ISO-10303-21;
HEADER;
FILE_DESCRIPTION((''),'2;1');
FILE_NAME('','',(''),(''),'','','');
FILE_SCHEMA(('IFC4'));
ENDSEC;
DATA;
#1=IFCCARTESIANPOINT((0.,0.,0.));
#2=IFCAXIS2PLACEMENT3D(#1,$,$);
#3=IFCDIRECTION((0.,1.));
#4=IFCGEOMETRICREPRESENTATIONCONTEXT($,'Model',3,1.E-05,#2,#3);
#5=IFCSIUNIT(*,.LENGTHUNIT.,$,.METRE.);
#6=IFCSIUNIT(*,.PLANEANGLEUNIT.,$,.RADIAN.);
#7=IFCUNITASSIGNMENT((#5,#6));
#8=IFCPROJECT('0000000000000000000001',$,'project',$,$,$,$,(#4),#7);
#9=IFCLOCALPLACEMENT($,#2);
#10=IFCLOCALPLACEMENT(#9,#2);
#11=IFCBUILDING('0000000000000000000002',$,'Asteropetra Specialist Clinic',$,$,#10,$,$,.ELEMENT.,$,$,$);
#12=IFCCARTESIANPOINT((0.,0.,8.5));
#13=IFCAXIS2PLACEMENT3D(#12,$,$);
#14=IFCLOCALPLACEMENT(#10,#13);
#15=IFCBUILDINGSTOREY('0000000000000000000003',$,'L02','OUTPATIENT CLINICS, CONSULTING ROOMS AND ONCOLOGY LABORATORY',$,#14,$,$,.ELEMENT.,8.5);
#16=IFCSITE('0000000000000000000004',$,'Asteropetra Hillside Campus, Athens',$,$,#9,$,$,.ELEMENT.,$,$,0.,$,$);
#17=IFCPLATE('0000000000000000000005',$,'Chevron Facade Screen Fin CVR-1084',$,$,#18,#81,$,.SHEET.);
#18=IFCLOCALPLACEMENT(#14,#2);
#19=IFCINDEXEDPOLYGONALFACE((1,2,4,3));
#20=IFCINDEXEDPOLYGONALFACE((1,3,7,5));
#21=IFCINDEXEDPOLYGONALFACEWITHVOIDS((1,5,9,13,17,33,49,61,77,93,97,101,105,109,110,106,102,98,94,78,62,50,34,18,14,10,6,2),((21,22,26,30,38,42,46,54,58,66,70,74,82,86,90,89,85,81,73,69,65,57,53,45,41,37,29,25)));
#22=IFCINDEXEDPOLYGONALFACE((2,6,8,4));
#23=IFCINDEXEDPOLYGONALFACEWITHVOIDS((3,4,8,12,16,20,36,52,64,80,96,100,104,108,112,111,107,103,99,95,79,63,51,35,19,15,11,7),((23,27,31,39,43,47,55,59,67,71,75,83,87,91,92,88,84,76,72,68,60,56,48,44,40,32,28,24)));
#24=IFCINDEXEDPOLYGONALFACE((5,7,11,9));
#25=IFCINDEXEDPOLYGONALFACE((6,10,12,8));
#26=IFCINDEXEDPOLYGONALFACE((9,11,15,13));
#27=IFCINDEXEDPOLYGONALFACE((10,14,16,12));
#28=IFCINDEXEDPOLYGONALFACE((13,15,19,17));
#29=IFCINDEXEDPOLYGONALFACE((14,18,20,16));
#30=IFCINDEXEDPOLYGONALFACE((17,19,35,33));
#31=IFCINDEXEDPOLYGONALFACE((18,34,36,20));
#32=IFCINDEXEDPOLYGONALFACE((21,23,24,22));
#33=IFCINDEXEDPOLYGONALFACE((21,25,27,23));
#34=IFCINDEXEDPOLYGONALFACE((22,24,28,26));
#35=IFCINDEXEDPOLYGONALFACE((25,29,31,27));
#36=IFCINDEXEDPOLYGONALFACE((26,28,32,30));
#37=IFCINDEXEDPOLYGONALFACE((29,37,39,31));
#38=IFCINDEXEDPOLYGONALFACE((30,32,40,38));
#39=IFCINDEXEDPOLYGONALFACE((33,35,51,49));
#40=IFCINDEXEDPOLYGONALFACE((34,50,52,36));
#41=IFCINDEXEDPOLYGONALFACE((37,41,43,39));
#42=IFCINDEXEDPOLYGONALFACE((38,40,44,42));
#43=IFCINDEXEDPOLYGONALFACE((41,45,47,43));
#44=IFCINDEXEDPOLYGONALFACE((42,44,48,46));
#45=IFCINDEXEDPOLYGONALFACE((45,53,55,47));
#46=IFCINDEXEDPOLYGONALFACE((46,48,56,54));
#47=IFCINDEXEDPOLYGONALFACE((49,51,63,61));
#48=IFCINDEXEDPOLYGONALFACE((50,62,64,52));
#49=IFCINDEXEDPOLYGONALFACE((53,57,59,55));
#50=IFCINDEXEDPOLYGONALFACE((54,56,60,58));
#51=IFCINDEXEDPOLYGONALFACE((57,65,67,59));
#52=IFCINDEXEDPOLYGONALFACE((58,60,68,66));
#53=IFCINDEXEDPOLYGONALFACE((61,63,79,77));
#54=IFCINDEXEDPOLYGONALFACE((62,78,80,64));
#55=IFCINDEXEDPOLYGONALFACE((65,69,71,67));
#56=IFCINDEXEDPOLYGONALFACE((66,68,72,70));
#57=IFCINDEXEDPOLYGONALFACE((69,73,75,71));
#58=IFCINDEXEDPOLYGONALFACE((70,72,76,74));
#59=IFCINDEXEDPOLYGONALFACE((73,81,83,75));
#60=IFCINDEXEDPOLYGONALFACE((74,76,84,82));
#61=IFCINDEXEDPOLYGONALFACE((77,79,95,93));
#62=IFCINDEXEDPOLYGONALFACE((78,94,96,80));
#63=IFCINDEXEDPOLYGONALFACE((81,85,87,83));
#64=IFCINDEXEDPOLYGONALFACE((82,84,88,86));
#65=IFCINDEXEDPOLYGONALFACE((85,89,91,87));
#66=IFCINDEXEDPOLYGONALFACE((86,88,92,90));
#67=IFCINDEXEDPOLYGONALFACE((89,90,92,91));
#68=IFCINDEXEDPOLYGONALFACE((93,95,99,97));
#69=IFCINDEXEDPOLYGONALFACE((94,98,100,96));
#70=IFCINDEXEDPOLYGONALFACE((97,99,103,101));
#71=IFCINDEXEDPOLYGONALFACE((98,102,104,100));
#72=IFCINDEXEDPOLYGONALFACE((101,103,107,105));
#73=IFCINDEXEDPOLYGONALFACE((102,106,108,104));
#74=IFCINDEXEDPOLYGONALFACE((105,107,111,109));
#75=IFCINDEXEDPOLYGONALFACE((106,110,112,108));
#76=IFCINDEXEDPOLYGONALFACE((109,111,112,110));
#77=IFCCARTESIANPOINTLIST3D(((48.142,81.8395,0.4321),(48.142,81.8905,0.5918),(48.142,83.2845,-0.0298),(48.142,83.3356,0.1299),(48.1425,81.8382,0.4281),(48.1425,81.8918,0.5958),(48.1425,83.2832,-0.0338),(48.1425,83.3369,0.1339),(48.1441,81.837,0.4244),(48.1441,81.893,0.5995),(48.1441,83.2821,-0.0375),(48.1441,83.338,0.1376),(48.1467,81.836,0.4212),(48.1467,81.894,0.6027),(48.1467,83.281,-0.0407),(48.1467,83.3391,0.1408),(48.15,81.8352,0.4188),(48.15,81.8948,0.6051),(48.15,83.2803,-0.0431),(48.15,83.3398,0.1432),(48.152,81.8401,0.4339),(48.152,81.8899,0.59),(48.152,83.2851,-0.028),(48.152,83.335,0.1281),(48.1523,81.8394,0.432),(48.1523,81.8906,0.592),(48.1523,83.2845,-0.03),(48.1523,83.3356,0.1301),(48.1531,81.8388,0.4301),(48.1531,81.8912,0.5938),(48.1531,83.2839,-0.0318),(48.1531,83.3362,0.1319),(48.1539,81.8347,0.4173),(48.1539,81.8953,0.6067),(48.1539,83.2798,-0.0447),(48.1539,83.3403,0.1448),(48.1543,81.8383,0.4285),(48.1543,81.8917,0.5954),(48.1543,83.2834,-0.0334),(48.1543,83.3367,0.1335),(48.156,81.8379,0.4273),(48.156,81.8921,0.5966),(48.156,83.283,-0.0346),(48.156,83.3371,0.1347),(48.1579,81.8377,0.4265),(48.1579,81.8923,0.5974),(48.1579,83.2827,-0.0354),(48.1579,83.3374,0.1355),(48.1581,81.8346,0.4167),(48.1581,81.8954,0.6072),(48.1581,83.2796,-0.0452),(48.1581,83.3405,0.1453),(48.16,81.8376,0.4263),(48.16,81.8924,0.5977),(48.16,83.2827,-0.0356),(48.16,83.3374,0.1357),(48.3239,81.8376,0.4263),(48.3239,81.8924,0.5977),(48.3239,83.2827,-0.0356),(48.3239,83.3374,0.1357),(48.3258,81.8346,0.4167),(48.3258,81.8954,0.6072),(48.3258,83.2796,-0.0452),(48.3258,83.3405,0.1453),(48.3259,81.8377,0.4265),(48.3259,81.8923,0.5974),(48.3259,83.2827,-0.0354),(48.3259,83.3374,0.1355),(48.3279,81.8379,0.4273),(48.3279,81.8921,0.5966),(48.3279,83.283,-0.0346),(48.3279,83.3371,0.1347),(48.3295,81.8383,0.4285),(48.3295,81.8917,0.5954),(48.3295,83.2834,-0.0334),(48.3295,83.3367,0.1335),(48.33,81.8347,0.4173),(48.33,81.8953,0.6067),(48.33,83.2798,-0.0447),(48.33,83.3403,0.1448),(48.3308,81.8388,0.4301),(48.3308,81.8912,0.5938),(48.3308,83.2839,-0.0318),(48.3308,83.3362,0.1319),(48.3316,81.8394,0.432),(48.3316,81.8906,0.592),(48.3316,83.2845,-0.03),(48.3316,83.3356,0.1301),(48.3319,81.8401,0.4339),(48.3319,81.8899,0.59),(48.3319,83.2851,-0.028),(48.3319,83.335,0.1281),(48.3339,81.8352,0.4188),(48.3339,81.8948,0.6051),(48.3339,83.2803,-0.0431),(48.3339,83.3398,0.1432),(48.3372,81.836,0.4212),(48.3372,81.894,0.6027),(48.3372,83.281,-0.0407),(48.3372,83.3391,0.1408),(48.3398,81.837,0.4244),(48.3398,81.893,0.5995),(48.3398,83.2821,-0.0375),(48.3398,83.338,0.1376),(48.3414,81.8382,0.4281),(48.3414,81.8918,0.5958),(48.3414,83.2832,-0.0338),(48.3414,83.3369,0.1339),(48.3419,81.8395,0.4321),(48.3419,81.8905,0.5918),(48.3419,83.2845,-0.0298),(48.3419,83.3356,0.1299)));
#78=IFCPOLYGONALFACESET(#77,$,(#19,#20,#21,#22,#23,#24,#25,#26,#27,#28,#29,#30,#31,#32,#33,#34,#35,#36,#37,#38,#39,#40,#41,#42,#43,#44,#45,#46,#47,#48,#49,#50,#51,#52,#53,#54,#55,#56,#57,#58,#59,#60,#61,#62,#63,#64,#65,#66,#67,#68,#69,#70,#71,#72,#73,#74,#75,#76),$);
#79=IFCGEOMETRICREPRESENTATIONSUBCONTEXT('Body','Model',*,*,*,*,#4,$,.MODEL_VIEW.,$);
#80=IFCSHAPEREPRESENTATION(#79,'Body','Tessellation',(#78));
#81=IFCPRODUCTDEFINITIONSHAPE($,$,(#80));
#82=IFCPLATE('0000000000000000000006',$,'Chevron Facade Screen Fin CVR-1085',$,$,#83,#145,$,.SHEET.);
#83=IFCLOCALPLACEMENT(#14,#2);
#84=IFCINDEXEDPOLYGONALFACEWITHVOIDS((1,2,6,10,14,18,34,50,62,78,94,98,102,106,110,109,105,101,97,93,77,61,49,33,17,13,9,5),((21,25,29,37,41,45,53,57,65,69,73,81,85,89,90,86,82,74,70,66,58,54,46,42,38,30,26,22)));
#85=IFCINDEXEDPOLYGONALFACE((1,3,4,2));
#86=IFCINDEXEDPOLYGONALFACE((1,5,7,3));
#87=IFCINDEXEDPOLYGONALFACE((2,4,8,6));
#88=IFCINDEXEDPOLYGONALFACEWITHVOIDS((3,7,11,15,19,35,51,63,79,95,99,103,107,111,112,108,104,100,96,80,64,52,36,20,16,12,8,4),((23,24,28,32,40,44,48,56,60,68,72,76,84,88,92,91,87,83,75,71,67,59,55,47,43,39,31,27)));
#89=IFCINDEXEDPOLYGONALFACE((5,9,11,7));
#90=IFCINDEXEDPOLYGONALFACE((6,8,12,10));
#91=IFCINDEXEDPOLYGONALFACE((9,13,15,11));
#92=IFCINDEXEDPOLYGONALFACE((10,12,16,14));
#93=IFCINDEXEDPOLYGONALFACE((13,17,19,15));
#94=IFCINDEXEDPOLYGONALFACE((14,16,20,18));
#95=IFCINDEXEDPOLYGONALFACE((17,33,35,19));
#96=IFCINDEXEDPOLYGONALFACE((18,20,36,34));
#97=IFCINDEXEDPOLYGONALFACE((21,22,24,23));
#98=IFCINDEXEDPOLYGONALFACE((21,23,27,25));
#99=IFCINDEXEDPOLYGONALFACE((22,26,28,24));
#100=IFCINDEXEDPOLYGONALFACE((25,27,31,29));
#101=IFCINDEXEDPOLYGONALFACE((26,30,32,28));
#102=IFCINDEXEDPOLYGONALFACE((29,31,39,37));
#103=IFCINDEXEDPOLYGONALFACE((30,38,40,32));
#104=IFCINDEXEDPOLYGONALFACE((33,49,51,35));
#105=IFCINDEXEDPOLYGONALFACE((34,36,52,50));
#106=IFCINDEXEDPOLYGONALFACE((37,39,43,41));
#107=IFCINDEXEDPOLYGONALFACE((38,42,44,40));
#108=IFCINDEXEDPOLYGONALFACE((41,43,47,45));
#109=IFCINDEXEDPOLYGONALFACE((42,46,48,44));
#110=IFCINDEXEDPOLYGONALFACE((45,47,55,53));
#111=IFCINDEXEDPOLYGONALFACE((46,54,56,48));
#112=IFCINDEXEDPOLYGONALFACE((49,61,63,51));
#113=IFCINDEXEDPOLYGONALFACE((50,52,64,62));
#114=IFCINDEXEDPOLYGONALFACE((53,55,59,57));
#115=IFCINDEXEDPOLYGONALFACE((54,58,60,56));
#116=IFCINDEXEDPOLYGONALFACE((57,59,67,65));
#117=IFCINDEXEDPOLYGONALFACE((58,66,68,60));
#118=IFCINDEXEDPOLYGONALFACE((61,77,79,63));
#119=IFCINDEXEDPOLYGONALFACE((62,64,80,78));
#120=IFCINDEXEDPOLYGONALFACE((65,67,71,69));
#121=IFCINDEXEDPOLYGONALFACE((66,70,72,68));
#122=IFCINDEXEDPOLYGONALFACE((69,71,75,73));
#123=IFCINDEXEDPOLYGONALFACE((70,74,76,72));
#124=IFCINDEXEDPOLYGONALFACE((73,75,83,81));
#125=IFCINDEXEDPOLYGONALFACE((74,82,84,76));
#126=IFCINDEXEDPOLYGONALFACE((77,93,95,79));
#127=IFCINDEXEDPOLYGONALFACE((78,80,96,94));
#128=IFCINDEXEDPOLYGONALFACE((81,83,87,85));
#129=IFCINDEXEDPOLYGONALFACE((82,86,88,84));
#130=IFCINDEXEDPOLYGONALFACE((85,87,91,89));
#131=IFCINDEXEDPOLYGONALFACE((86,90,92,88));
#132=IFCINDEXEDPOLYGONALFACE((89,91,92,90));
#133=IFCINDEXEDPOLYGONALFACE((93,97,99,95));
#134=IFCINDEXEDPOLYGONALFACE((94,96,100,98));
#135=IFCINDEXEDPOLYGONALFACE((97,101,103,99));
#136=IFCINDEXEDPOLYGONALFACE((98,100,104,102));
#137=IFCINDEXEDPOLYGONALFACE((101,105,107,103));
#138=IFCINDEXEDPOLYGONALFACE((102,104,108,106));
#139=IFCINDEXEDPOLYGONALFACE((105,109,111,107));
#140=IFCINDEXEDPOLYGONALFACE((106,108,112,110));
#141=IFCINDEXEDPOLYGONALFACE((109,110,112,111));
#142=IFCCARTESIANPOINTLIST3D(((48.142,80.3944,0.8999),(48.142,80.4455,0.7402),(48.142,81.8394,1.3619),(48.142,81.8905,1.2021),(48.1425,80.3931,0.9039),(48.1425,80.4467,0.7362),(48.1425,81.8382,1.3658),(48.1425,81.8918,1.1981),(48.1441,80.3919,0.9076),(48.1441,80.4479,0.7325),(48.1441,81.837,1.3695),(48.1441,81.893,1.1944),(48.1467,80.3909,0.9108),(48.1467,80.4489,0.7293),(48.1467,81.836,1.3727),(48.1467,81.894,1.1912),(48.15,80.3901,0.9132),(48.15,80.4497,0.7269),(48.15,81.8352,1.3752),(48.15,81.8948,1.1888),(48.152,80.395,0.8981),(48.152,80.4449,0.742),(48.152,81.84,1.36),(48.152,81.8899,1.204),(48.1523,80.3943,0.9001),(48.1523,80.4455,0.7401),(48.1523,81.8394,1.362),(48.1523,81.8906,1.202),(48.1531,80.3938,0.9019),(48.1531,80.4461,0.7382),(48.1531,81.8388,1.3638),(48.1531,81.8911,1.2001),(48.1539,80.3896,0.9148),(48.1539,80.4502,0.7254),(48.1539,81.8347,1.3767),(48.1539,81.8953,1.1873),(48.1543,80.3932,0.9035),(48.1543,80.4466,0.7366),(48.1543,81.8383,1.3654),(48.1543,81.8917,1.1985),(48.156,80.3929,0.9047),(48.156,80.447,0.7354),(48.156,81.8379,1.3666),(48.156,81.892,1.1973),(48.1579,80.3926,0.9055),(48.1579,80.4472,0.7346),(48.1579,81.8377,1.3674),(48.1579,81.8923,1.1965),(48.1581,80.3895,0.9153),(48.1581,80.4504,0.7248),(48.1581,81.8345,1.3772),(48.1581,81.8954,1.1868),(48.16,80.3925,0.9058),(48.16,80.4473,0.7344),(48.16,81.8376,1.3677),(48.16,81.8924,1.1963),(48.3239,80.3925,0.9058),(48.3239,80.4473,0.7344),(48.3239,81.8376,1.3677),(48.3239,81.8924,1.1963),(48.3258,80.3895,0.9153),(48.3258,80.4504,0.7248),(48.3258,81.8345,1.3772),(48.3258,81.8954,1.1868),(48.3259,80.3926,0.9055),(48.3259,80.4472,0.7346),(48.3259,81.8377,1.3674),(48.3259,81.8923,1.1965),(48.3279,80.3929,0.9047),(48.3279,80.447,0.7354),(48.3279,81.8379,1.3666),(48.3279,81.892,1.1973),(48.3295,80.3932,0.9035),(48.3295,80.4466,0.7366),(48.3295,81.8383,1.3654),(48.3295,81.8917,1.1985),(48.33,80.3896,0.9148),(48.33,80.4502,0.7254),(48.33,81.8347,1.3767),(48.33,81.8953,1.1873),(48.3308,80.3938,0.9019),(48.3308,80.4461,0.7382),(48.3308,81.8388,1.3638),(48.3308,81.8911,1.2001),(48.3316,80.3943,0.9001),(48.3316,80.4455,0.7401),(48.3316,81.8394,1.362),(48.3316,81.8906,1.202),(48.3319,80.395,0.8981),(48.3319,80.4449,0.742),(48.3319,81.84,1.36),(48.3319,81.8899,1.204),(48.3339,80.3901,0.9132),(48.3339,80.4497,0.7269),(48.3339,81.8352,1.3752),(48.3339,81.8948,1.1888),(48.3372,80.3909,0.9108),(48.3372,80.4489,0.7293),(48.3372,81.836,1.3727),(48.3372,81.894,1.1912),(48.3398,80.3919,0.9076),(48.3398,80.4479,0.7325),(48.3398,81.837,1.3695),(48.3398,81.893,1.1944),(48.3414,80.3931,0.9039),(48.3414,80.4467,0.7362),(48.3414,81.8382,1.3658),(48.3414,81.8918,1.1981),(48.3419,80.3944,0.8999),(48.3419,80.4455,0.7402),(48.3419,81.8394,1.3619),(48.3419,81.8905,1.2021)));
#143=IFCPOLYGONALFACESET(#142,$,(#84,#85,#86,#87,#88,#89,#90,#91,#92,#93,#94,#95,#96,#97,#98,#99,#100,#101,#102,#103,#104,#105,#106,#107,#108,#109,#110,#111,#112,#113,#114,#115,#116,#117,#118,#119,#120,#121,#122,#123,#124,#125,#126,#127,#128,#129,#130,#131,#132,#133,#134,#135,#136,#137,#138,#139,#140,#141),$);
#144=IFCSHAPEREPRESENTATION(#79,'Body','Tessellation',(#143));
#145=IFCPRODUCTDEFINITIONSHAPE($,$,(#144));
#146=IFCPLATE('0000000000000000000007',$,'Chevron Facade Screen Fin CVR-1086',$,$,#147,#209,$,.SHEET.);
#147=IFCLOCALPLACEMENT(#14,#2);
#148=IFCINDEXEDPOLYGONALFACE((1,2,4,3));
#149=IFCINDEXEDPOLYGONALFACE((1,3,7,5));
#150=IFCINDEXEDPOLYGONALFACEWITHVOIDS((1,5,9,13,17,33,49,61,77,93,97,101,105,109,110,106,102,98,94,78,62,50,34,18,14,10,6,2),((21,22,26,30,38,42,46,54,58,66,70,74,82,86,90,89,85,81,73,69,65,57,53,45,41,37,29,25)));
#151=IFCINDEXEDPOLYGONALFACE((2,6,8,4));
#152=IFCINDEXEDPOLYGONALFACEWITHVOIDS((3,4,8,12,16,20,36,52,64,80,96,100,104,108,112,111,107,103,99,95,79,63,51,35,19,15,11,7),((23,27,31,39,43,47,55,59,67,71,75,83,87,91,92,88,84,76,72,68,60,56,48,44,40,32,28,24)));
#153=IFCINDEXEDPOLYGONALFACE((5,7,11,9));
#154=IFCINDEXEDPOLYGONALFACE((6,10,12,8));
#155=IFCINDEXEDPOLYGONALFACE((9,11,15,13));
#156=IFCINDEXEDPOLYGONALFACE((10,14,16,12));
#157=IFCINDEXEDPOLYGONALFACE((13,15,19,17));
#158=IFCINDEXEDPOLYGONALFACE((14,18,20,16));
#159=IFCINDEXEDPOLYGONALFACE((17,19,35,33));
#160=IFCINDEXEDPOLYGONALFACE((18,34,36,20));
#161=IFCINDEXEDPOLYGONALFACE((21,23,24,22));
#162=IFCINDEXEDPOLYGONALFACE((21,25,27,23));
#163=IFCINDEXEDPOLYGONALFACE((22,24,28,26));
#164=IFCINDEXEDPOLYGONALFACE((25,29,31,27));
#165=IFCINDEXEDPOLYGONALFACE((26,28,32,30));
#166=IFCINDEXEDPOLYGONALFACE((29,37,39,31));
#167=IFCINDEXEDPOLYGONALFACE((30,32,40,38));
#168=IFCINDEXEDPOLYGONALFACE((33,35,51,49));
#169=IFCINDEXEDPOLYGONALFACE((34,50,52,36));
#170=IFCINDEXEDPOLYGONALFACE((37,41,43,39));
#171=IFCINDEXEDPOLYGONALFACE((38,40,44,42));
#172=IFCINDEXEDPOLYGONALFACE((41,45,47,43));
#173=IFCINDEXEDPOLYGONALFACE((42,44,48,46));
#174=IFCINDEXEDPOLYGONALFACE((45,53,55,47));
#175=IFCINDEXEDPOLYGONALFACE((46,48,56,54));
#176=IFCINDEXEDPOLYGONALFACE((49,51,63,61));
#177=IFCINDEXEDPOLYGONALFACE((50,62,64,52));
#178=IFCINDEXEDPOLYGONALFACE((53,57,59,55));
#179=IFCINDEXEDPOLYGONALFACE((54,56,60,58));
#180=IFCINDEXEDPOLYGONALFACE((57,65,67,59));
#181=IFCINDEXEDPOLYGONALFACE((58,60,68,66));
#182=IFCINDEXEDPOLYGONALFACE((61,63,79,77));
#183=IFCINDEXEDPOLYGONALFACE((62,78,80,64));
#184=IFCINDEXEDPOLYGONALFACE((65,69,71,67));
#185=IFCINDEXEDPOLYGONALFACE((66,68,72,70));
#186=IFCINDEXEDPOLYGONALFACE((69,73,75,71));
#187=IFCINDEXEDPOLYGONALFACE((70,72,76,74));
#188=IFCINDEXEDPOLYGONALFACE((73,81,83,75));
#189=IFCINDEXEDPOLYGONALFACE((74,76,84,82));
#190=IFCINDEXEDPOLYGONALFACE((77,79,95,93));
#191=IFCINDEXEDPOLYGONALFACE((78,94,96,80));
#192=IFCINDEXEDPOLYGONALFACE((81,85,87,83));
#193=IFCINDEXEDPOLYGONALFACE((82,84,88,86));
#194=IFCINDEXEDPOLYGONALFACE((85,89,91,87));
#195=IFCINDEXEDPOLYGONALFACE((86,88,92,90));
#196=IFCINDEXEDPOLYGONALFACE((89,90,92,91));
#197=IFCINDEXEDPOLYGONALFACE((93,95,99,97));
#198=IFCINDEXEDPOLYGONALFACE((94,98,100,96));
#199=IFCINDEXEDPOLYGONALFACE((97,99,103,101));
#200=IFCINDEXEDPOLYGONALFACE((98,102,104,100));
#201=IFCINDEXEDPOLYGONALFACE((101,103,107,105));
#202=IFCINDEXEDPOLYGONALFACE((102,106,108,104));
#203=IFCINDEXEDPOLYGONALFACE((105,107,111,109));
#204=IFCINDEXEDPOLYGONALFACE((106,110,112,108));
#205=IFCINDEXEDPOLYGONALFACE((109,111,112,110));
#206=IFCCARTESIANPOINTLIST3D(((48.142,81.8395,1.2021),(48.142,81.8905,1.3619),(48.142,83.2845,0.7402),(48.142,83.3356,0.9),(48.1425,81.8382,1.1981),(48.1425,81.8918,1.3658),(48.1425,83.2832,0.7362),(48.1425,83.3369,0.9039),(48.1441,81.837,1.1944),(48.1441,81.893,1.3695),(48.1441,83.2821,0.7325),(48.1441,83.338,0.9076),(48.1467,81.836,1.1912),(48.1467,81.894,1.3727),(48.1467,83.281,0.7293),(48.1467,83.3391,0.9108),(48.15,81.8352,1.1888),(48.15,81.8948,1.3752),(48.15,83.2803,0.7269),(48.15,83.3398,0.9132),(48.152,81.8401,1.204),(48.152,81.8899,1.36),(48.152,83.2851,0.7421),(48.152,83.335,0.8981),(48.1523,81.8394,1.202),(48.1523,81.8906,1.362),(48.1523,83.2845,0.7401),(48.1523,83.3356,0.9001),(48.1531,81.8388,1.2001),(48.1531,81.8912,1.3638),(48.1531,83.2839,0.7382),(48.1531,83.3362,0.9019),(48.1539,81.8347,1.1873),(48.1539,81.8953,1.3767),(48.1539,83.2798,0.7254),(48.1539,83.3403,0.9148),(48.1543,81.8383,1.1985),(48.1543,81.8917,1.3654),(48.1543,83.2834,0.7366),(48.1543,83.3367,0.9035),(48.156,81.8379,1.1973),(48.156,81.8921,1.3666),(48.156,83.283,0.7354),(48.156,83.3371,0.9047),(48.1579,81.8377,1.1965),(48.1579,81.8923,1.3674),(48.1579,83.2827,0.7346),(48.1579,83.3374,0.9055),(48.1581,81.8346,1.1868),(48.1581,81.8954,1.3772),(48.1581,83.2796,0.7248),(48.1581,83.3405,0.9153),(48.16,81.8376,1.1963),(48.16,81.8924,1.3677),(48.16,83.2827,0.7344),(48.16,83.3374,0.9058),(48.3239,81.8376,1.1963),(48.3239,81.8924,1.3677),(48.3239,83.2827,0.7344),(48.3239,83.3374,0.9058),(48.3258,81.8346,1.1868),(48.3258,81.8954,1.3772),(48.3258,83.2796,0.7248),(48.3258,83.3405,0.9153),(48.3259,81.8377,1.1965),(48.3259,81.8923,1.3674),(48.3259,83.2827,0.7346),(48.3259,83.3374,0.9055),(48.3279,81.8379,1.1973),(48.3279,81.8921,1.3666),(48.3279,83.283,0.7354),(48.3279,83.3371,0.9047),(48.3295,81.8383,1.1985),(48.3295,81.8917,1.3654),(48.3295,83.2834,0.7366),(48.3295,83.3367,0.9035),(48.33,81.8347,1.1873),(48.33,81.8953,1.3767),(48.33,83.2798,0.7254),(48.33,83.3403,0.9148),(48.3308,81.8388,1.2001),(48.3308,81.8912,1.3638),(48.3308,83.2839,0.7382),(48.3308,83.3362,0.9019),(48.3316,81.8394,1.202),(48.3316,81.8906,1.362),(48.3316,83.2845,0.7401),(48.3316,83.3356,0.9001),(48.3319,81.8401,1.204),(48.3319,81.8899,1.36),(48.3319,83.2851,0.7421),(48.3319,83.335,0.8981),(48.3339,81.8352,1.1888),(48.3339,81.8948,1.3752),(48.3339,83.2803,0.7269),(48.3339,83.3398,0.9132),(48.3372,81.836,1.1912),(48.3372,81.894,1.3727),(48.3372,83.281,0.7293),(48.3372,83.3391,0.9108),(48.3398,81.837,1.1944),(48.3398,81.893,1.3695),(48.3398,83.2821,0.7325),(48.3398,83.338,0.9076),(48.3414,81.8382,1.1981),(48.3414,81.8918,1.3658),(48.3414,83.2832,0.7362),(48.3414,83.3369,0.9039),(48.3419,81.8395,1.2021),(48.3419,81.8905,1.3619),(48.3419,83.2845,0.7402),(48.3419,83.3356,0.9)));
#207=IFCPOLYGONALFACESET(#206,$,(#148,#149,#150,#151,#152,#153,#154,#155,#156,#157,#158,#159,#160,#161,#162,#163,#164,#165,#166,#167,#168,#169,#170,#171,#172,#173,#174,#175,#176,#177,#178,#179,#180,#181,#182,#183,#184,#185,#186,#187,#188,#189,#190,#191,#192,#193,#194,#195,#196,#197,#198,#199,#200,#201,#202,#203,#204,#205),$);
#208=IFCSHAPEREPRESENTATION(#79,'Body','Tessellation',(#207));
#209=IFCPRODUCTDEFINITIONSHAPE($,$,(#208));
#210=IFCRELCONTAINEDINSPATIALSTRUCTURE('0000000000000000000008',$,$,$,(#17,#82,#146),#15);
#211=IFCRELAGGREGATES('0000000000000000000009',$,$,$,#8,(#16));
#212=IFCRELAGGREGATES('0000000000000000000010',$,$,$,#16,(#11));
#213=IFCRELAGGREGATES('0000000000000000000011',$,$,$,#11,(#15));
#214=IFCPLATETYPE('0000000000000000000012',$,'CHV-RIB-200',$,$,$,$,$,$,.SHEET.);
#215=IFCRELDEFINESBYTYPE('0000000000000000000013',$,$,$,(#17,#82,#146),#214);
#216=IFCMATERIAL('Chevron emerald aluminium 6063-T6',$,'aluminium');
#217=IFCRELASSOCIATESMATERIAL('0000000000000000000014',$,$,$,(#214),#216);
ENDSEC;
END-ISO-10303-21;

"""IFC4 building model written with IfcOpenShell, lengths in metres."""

from ifc_helpers import new_model, si_unit, direction, frame, origin, origin_2d, place, context, subcontext, project, spatial, hollow_rectangle, extrude, material, material_profile, profile_set, type_object, element, save


model = new_model("IFC4")

# Units and contexts
model_context = context("Model", 3, precision=1e-05, world=origin(), true_north=direction((0.0, 1.0)))
body_context = subcontext(model_context, "Body", "Model", "MODEL_VIEW")
ifc_project = project(units=[si_unit("LENGTHUNIT", "METRE"), si_unit("PLANEANGLEUNIT", "RADIAN")], contexts=[model_context])

# Site, building, storey
site_placement = place(None, origin())
site = spatial("IfcSite", under=ifc_project, at=site_placement, Name="Asteropetra Hillside Campus, Athens", CompositionType="ELEMENT", RefElevation=0.0)
building_placement = place(site_placement, origin())
building = spatial("IfcBuilding", under=site, at=building_placement, Name="Asteropetra Specialist Clinic", CompositionType="ELEMENT")
storey_placement = place(building_placement, frame((0.0, 0.0, 8.5)))
storey = spatial("IfcBuildingStorey", under=building, at=storey_placement, Name="L02", Description="OUTPATIENT CLINICS, CONSULTING ROOMS AND ONCOLOGY LABORATORY", CompositionType="ELEMENT", Elevation=8.5)

# Plates
ifc_material_1 = material(Name="Chevron emerald aluminium 6063-T6", Category="aluminium")
ifc_material_profile_1 = material_profile(ifc_material_1, hollow_rectangle(XDim=0.2, YDim=0.2, WallThickness=0.01, InnerFilletRadius=0.0081, OuterFilletRadius=0.0161, at=origin_2d()), Name="SHS 200x200x10.0")
ifc_profile_set_1 = profile_set([ifc_material_profile_1], Name="Chevron emerald aluminium 6063-T6")
plate_type_1 = type_object("IfcPlateType", Name="CHV-RIB-200", PredefinedType="SHEET", material=ifc_profile_set_1)
for number, where, z_axis, x_axis, name in (
    (1, (48.2419, 81.865, 0.512), (0.0, 0.952521, -0.304472), (-1.0, 0.0, 0.0), "Chevron Facade Screen Fin CVR-1084"),
    (2, (48.2419, 80.4199, 0.8201), (0.0, 0.952521, 0.304472), (-1.0, 0.0, 0.0), "Chevron Facade Screen Fin CVR-1085"),
    (3, (48.2419, 81.865, 1.282), (0.0, 0.952521, -0.304472), (-1.0, 0.0, 0.0), "Chevron Facade Screen Fin CVR-1086"),
):
    element("IfcPlate", number, at=place(storey_placement, frame(where, z_axis=z_axis, x_axis=x_axis)), inside=storey, type_object=plate_type_1, Name=name, PredefinedType="SHEET", context=body_context, shape_type="SweptSolid", body=[
        extrude(hollow_rectangle(XDim=0.2, YDim=0.2, WallThickness=0.01, InnerFilletRadius=0.0081, OuterFilletRadius=0.0161, at=origin_2d()), origin(), (0.0, 0.0, 1.0), 1.5171),
    ])

save(model, "model.ifc")
